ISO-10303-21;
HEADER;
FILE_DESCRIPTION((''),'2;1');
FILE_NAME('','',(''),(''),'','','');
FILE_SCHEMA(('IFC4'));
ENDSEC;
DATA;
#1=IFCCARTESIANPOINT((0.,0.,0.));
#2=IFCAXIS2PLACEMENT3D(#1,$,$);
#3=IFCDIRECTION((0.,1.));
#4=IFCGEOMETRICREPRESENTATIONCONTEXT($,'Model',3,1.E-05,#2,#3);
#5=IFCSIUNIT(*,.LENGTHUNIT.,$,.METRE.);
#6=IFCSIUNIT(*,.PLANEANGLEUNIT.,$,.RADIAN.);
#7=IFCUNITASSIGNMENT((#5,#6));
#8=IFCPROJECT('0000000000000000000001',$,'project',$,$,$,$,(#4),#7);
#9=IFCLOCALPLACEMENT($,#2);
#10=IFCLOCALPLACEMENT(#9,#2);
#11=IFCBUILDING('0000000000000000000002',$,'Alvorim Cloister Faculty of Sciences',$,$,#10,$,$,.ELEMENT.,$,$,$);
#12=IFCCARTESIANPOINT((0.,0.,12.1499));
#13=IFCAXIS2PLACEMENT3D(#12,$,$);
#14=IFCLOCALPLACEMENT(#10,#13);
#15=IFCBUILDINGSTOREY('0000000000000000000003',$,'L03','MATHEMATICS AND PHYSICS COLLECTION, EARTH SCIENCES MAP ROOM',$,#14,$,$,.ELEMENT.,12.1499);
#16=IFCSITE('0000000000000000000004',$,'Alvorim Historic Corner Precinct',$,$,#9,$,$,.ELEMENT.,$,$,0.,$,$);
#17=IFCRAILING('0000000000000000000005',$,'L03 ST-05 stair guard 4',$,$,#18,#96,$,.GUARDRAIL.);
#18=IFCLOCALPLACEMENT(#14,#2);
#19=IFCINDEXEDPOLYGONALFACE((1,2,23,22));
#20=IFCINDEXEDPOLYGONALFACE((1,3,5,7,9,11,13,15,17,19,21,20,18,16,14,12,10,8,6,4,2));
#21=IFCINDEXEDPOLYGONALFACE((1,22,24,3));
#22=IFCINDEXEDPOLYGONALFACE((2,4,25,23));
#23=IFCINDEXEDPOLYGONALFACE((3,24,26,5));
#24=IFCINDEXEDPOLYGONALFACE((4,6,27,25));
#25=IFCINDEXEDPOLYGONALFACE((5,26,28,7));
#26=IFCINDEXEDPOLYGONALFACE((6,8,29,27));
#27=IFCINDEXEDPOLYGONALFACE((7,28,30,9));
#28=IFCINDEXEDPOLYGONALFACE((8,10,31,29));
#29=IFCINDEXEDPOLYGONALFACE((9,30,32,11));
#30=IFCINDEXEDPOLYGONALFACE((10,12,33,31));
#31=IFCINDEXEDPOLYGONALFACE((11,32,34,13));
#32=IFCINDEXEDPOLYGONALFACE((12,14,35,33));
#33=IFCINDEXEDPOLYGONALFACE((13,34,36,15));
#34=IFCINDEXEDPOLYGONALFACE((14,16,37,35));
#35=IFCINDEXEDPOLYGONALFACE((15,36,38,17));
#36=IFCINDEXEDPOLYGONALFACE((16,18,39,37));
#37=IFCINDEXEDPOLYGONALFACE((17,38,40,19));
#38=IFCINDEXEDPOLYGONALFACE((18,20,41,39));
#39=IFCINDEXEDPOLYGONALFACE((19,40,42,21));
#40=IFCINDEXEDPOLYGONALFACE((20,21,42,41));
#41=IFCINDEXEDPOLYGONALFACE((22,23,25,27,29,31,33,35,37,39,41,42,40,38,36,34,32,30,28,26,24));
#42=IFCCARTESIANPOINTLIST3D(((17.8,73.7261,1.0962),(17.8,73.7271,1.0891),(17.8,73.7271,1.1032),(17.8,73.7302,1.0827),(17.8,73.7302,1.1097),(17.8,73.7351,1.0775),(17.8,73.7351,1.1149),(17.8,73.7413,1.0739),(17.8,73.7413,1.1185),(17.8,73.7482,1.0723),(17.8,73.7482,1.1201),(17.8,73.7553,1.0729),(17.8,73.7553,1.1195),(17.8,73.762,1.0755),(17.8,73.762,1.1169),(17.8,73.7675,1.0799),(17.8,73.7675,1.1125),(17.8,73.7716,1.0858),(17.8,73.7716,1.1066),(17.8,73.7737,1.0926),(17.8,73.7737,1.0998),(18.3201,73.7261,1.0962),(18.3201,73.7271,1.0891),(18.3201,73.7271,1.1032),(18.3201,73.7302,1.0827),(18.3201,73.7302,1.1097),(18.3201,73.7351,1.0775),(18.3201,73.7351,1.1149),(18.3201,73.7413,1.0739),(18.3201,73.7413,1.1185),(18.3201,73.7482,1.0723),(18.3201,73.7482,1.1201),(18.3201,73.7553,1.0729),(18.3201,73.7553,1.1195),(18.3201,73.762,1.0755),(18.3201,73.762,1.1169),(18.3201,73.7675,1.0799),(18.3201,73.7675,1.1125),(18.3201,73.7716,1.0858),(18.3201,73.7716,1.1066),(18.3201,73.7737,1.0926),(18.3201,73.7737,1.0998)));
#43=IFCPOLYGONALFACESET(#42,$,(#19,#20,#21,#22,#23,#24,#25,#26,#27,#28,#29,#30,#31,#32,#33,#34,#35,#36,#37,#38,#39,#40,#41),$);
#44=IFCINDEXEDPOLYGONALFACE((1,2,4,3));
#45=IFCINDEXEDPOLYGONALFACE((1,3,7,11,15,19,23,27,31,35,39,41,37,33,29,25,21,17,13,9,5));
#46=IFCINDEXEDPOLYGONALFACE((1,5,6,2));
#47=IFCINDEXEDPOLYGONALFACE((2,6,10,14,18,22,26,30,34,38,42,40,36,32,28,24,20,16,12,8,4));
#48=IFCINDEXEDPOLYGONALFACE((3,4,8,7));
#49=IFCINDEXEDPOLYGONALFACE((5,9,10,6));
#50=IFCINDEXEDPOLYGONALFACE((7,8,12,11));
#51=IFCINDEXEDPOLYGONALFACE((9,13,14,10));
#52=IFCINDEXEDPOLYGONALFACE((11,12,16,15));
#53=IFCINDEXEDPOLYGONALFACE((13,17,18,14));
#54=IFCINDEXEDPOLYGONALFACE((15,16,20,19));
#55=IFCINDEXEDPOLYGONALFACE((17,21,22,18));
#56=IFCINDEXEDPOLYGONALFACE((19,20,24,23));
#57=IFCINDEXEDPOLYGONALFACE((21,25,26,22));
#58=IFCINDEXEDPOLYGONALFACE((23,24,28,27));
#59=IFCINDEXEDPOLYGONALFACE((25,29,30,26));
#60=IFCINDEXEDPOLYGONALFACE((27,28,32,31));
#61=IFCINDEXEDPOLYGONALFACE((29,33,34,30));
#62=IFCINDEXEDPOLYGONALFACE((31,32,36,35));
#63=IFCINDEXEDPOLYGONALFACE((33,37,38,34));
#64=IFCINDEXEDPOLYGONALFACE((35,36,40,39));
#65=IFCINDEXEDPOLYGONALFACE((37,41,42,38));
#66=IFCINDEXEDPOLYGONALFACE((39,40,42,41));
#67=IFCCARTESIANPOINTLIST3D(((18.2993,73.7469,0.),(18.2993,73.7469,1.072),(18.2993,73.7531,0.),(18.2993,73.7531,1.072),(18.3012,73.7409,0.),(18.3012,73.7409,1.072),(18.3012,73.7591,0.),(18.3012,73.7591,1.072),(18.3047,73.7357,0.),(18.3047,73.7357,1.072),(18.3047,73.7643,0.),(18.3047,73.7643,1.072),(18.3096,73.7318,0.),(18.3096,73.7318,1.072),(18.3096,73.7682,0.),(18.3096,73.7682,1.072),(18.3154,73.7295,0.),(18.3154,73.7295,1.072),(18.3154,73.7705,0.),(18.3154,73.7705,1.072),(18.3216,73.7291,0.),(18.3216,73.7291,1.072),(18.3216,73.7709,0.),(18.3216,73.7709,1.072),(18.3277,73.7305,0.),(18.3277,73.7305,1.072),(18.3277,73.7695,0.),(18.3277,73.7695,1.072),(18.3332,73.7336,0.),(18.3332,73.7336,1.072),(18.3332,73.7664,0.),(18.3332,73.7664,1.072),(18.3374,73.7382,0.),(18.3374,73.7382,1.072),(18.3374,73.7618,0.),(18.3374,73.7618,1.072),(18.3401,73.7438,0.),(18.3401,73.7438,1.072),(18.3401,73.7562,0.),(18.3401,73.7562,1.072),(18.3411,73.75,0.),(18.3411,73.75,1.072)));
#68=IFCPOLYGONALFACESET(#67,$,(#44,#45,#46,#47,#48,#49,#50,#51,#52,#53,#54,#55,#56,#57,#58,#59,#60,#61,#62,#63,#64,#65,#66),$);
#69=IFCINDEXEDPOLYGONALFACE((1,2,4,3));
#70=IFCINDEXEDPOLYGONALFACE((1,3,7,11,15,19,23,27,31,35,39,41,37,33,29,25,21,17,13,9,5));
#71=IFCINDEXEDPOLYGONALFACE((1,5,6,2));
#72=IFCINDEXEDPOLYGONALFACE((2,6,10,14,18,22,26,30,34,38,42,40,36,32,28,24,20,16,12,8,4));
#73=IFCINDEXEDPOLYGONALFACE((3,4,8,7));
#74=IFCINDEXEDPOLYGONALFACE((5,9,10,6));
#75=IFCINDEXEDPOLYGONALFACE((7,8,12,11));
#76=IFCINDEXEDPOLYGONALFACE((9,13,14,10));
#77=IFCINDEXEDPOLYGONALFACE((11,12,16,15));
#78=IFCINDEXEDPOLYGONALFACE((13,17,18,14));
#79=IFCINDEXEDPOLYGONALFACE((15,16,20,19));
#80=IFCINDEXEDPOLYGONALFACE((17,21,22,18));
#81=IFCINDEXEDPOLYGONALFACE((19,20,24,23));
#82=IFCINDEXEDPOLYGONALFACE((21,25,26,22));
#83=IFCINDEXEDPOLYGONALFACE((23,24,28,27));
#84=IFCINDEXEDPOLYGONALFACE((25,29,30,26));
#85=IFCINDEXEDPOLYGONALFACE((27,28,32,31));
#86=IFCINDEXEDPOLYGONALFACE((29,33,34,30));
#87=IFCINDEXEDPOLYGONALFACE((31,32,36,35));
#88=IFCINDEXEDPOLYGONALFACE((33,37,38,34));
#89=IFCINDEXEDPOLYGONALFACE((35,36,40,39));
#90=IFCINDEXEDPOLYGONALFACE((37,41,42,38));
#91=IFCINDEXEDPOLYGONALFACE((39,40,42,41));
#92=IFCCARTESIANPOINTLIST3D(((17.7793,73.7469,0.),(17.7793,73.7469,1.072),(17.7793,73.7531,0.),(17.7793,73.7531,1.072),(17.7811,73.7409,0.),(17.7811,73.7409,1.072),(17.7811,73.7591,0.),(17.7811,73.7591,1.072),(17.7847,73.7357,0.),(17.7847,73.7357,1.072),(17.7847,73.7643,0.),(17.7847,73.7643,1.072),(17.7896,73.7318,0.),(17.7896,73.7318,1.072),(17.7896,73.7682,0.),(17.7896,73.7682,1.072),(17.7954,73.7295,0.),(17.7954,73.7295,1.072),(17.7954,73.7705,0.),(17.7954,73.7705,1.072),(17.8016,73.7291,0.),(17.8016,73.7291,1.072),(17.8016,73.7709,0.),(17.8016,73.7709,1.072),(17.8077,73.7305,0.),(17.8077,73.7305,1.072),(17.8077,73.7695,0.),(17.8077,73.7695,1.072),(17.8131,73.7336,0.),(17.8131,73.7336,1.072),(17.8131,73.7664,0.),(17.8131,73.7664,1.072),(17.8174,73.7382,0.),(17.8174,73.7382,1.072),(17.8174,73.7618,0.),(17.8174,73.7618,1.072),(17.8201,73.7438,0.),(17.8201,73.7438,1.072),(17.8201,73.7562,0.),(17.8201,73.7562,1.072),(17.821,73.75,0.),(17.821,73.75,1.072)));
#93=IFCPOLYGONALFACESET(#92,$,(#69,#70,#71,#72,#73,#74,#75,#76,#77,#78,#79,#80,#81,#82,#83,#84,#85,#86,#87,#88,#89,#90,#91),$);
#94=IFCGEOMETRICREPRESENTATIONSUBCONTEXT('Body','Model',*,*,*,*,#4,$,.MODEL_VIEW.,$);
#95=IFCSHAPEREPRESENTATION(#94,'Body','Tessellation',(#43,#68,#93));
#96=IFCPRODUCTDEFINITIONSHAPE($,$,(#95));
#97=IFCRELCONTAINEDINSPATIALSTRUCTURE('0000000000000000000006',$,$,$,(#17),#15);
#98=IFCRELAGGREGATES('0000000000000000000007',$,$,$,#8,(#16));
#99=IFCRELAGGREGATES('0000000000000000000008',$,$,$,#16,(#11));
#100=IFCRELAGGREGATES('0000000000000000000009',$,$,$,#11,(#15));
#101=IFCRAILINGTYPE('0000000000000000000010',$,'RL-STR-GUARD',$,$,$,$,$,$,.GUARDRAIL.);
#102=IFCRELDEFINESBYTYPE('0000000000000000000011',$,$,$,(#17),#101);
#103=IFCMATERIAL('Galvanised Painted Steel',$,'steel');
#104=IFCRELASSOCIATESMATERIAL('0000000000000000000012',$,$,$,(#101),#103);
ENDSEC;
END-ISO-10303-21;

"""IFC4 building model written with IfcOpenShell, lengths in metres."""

from ifc_helpers import new_model, si_unit, direction, frame, origin, origin_2d, place, context, subcontext, project, spatial, circle, extrude, material, type_object, element, save


model = new_model("IFC4")

# Units and contexts
model_context = context("Model", 3, precision=1e-05, world=origin(), true_north=direction((0.0, 1.0)))
body_context = subcontext(model_context, "Body", "Model", "MODEL_VIEW")
ifc_project = project(units=[si_unit("LENGTHUNIT", "METRE"), si_unit("PLANEANGLEUNIT", "RADIAN")], contexts=[model_context])

# Site, building, storey
site_placement = place(None, origin())
site = spatial("IfcSite", under=ifc_project, at=site_placement, Name="Alvorim Historic Corner Precinct", CompositionType="ELEMENT", RefElevation=0.0)
building_placement = place(site_placement, origin())
building = spatial("IfcBuilding", under=site, at=building_placement, Name="Alvorim Cloister Faculty of Sciences", CompositionType="ELEMENT")
storey_placement = place(building_placement, frame((0.0, 0.0, 12.1499)))
storey = spatial("IfcBuildingStorey", under=building, at=storey_placement, Name="L03", Description="MATHEMATICS AND PHYSICS COLLECTION, EARTH SCIENCES MAP ROOM", CompositionType="ELEMENT", Elevation=12.1499)

# Railing
ifc_material_1 = material(Name="Galvanised Painted Steel", Category="steel")
railing_type_1 = type_object("IfcRailingType", Name="RL-STR-GUARD", PredefinedType="GUARDRAIL", material=ifc_material_1)
railing_1_placement = place(storey_placement, frame((18.3201, 73.75, 0.0)))
element("IfcRailing", 1, at=railing_1_placement, inside=storey, type_object=railing_type_1, Name="L03 ST-05 stair guard 4", PredefinedType="GUARDRAIL", context=body_context, shape_type="SweptSolid", body=[
    extrude(circle(Radius=0.0239, at=origin_2d()), frame((0.0, 0.0, 1.0962), z_axis=(-1.0, 0.0, 0.0), x_axis=(0.0, -1.0, 0.0)), (0.0, 0.0, 1.0), 0.52),
    extrude(circle(Radius=0.021, at=origin_2d()), origin(), (0.0, 0.0, 1.0), 1.072),
    extrude(circle(Radius=0.021, at=origin_2d()), frame((-0.52, 0.0, 0.0)), (0.0, 0.0, 1.0), 1.072),
])

save(model, "model.ifc")
